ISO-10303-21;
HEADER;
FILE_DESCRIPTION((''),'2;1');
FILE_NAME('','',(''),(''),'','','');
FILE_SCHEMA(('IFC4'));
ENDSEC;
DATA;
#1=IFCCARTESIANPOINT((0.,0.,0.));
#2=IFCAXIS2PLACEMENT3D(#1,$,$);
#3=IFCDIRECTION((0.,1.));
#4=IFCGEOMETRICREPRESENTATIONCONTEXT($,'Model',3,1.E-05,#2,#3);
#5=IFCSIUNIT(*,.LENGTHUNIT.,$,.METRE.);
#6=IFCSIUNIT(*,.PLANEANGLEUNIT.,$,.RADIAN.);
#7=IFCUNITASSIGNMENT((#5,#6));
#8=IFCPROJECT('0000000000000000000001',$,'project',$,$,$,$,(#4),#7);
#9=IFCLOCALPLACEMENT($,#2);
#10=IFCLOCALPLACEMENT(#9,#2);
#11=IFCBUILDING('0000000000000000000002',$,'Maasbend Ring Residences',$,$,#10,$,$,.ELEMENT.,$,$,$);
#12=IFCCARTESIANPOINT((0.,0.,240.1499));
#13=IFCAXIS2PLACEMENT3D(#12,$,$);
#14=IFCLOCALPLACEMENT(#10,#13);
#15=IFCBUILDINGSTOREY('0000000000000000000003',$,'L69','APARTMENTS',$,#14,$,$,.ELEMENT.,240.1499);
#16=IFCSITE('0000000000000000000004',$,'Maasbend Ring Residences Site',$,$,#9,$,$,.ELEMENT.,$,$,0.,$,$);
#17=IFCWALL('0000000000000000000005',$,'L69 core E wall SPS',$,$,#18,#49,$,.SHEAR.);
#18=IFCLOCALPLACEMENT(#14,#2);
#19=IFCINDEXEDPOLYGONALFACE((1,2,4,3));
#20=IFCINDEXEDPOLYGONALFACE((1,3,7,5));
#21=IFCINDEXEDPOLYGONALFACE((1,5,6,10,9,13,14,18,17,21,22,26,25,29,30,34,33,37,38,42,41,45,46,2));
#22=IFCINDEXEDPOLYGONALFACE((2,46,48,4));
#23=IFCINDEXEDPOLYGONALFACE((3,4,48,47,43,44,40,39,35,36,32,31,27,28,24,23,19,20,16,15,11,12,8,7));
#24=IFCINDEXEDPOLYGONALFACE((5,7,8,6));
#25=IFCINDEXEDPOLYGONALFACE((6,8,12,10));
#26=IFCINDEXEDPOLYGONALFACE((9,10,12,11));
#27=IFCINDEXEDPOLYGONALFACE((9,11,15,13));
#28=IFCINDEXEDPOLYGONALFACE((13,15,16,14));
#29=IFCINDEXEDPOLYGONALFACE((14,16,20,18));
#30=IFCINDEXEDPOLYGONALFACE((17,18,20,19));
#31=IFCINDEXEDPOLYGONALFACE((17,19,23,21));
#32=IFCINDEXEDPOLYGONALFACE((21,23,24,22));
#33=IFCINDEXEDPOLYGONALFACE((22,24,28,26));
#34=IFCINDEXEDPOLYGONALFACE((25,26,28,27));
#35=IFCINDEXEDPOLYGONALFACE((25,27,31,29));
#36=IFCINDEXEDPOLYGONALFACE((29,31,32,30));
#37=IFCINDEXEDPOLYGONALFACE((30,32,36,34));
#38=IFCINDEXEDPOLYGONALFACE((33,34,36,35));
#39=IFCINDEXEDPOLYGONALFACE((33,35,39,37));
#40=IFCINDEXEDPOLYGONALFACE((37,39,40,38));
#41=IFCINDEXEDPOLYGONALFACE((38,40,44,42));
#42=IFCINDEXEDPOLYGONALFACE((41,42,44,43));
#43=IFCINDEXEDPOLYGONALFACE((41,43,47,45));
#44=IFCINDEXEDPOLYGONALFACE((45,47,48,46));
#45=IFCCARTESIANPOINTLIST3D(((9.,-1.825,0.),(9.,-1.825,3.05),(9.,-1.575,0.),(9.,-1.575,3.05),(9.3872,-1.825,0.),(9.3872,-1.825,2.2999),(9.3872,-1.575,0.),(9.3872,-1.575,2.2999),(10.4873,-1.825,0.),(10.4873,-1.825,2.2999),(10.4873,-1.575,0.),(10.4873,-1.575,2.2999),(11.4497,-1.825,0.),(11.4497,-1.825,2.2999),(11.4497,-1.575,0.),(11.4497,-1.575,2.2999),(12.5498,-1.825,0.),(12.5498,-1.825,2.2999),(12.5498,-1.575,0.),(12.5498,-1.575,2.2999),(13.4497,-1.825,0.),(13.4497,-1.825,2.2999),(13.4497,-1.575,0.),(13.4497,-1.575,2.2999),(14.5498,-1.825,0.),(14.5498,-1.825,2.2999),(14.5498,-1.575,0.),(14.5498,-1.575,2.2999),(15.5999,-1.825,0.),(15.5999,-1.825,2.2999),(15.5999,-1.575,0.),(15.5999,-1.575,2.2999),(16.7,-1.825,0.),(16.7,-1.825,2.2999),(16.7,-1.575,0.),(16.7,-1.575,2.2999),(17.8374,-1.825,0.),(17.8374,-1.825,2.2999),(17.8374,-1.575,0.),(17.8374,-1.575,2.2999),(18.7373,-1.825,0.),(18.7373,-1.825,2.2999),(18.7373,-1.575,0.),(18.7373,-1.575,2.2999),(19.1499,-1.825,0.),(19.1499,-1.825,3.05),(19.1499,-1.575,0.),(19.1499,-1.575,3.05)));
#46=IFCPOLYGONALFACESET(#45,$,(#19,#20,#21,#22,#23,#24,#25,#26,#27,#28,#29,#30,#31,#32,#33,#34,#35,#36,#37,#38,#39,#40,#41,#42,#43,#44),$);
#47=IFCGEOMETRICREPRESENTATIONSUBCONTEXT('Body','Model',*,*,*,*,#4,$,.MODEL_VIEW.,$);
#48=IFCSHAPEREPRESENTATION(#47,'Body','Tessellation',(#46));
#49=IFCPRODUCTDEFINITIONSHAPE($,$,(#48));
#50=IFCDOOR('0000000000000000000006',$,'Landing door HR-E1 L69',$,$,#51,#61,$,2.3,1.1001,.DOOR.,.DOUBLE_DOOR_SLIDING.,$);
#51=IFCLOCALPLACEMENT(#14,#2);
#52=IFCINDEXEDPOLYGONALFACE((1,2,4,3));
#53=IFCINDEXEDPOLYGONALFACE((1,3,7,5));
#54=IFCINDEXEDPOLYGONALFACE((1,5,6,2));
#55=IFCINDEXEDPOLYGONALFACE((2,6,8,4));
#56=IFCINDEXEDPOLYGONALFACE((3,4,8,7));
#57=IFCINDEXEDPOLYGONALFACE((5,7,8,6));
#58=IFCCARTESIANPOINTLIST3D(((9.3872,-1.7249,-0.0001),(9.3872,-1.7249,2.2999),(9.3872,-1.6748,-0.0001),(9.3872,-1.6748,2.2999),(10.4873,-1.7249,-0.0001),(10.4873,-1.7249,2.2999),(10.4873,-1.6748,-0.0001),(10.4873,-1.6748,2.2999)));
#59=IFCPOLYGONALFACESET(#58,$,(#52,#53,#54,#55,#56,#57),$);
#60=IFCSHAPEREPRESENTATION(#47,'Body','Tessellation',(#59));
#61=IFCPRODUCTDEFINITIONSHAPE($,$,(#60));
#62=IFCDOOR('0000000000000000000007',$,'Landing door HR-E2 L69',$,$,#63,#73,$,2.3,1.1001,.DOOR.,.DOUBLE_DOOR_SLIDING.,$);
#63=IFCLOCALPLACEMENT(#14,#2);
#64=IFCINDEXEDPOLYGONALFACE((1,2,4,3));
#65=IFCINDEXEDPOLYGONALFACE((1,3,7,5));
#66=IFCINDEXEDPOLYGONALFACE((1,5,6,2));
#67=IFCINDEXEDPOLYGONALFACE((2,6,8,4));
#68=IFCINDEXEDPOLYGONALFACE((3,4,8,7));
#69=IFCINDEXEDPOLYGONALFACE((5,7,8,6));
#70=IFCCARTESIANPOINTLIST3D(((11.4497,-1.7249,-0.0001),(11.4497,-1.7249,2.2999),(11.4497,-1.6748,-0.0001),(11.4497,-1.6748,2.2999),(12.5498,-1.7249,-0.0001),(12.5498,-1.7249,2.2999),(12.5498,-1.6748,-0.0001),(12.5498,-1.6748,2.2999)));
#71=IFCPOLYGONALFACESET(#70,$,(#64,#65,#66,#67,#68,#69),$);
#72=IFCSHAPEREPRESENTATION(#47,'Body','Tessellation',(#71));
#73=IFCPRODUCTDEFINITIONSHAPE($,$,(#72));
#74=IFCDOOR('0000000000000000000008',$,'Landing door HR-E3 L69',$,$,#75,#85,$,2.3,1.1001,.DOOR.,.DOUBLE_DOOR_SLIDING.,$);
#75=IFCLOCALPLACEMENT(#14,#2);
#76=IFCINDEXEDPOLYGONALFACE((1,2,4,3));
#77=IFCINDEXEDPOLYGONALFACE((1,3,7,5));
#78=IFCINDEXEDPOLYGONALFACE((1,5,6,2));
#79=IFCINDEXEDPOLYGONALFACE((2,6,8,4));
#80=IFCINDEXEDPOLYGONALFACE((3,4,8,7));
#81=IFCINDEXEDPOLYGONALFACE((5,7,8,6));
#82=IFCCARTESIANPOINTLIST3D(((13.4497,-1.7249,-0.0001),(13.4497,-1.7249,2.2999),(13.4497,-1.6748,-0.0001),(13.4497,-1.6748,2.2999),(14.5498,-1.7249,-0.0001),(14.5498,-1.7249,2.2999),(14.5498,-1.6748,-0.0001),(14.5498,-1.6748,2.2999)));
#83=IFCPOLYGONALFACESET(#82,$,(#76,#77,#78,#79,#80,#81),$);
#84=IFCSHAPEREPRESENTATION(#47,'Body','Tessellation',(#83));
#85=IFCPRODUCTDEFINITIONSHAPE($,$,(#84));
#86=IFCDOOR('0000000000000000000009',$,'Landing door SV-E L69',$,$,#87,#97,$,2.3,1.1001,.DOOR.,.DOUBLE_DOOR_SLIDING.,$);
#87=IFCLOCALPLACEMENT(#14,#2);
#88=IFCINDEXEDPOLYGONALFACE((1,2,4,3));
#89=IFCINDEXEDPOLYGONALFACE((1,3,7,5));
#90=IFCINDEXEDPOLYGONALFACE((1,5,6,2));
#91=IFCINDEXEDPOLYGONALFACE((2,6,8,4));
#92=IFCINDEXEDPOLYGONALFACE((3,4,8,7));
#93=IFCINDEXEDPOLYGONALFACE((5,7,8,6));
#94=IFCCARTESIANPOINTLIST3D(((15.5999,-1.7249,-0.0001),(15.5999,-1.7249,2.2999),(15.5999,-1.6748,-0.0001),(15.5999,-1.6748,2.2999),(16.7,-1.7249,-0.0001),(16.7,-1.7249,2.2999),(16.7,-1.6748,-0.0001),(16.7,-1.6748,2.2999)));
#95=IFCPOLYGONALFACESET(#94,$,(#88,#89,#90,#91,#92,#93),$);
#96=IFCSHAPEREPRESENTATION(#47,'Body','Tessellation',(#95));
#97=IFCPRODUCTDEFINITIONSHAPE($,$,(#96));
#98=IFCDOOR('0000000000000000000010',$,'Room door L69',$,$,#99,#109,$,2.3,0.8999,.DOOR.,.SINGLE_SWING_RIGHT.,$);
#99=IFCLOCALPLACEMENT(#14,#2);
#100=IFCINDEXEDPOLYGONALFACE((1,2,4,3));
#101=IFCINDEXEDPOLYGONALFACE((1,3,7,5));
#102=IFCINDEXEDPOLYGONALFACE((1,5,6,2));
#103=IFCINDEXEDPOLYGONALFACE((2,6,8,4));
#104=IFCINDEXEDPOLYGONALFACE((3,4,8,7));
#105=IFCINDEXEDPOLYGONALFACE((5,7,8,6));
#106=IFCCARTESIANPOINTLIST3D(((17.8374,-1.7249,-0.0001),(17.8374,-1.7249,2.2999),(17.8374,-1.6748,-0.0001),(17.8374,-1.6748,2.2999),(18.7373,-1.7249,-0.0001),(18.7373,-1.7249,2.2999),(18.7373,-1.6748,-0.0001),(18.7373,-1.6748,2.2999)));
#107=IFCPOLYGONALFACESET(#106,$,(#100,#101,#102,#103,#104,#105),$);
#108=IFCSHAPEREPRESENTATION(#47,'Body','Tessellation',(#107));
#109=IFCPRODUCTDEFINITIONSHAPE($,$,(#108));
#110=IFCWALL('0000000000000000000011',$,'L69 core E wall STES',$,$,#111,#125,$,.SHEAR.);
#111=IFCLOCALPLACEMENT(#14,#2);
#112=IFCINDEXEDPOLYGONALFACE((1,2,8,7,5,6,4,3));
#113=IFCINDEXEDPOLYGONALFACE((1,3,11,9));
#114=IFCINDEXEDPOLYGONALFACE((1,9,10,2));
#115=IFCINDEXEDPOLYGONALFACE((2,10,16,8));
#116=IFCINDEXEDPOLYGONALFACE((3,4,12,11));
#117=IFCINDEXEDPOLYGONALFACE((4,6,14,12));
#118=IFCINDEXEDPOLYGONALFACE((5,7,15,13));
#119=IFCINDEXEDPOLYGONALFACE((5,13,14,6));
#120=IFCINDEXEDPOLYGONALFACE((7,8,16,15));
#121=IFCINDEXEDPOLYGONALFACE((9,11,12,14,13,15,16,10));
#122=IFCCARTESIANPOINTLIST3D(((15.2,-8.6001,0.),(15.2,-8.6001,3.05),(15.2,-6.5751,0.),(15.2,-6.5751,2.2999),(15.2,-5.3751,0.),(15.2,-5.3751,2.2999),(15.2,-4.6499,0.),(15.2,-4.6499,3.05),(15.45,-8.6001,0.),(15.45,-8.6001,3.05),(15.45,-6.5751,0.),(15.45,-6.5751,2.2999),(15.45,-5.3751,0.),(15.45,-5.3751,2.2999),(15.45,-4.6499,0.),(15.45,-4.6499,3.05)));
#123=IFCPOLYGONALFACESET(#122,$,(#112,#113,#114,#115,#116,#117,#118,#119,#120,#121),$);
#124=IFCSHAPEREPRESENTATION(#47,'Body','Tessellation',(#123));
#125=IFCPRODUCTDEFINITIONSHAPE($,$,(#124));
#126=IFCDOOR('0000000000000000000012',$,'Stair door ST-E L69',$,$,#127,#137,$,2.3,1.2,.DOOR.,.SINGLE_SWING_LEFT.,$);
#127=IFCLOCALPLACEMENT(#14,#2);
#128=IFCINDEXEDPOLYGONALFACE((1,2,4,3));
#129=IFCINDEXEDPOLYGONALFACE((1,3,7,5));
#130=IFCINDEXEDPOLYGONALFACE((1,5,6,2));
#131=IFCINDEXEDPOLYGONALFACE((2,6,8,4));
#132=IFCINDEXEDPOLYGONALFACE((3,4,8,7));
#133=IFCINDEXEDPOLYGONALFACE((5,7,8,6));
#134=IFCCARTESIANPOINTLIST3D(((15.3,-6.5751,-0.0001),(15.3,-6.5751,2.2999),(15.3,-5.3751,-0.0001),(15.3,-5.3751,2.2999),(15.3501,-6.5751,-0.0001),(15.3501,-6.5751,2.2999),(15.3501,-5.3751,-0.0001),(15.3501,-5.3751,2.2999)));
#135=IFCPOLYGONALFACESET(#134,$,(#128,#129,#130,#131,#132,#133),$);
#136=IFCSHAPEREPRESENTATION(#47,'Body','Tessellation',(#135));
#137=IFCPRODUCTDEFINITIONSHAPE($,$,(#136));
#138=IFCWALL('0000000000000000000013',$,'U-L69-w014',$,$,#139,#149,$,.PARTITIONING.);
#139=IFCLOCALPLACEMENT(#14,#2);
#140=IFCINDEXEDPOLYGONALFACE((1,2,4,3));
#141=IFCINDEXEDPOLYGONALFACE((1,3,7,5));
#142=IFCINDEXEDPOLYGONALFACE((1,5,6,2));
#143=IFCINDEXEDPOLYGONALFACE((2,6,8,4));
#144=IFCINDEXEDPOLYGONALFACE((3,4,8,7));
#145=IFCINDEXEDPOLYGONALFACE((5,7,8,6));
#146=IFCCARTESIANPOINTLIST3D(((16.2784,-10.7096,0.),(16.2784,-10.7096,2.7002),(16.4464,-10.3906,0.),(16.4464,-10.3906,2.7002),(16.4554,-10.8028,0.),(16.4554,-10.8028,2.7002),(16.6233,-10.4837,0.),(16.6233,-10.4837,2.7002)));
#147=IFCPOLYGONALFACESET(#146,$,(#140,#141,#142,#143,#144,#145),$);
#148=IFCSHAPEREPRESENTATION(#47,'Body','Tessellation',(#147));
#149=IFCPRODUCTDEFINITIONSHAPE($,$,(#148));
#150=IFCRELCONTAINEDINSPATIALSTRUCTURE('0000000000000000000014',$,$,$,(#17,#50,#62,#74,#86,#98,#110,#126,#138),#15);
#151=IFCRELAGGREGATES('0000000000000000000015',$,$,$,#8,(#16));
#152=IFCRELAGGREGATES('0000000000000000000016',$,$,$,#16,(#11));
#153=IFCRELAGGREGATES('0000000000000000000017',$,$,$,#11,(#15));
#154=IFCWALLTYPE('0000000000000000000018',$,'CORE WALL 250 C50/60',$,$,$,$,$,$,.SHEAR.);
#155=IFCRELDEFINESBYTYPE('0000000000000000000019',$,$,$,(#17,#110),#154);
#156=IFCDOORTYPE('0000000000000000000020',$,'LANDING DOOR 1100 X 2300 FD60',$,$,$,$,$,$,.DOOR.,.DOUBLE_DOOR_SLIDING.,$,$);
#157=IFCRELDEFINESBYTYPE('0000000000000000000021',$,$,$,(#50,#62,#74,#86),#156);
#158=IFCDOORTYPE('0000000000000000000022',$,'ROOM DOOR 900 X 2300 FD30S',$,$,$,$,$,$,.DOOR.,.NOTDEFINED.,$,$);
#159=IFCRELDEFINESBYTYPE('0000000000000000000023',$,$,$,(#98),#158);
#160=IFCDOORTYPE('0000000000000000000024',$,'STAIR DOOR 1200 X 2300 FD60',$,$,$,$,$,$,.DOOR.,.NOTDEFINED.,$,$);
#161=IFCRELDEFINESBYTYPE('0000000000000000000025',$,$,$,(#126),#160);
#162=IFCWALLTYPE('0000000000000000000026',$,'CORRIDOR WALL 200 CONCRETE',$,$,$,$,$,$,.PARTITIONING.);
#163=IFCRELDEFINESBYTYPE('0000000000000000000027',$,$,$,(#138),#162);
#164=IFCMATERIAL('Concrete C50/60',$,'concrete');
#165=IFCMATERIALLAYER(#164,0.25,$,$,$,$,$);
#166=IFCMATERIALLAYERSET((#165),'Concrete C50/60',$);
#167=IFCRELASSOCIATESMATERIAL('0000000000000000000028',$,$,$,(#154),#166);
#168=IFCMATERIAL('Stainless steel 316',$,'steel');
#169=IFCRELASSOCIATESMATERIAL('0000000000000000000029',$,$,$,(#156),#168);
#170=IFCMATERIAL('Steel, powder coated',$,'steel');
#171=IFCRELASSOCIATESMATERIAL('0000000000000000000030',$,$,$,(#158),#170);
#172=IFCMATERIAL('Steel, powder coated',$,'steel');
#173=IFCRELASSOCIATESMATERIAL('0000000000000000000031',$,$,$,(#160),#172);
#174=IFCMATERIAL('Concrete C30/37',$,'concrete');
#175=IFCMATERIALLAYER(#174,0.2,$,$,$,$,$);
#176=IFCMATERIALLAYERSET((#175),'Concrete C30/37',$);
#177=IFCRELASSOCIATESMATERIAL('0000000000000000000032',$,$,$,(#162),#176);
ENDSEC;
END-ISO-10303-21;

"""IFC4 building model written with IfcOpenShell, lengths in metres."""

from ifc_helpers import new_model, si_unit, direction, frame, frame_2d, origin, place, context, subcontext, project, spatial, rectangle, extrude, material, layer, layer_set, type_object, element, fill, save


model = new_model("IFC4")

# Units and contexts
model_context = context("Model", 3, precision=1e-05, world=origin(), true_north=direction((0.0, 1.0)))
body_context = subcontext(model_context, "Body", "Model", "MODEL_VIEW")
ifc_project = project(units=[si_unit("LENGTHUNIT", "METRE"), si_unit("PLANEANGLEUNIT", "RADIAN")], contexts=[model_context])

# Site, building, storey
site_placement = place(None, origin())
site = spatial("IfcSite", under=ifc_project, at=site_placement, Name="Maasbend Ring Residences Site", CompositionType="ELEMENT", RefElevation=0.0)
building_placement = place(site_placement, origin())
building = spatial("IfcBuilding", under=site, at=building_placement, Name="Maasbend Ring Residences", CompositionType="ELEMENT")
storey_placement = place(building_placement, frame((0.0, 0.0, 240.1499)))
storey = spatial("IfcBuildingStorey", under=building, at=storey_placement, Name="L69", Description="APARTMENTS", CompositionType="ELEMENT", Elevation=240.1499)

# Wall, openings, doors
ifc_material_1 = material(Name="Concrete C50/60", Category="concrete")
ifc_layer_1 = layer(ifc_material_1, 0.25)
ifc_layer_set_1 = layer_set([ifc_layer_1], Name="Concrete C50/60")
wall_type_1 = type_object("IfcWallType", Name="CORE WALL 250 C50/60", PredefinedType="SHEAR", material=ifc_layer_set_1)
wall_1_placement = place(storey_placement, frame((19.1499, -1.7, 0.0), z_axis=(0.0, 0.0, 1.0), x_axis=(-1.0, 0.0, 0.0)))
wall_1 = element("IfcWall", 1, at=wall_1_placement, inside=storey, type_object=wall_type_1, Name="L69 core E wall SPS", PredefinedType="SHEAR", context=body_context, shape_type="SweptSolid", body=[
    extrude(rectangle(XDim=10.1499, YDim=0.25, at=frame_2d((5.075, 0.0))), origin(), (0.0, 0.0, 1.0), 3.05),
])
opening_1_placement = place(wall_1_placement, frame((8.6626, 0.0, 0.0)))
opening_1 = element("IfcOpeningElement", 2, at=opening_1_placement, cuts=wall_1, PredefinedType="OPENING", context=body_context, shape_type="SweptSolid", body=[
    extrude(rectangle(XDim=1.1001, YDim=2.3, at=frame_2d((0.55, 1.1499))), frame((0.0, 0.135, 0.0), z_axis=(0.0, -1.0, 0.0), x_axis=(1.0, 0.0, 0.0)), (0.0, 0.0, 1.0), 0.27),
])
opening_2_placement = place(wall_1_placement, frame((6.6001, 0.0, 0.0)))
opening_2 = element("IfcOpeningElement", 3, at=opening_2_placement, cuts=wall_1, PredefinedType="OPENING", context=body_context, shape_type="SweptSolid", body=[
    extrude(rectangle(XDim=1.1001, YDim=2.3, at=frame_2d((0.55, 1.1499))), frame((0.0, 0.135, 0.0), z_axis=(0.0, -1.0, 0.0), x_axis=(1.0, 0.0, 0.0)), (0.0, 0.0, 1.0), 0.27),
])
opening_3_placement = place(wall_1_placement, frame((4.6001, 0.0, 0.0)))
opening_3 = element("IfcOpeningElement", 4, at=opening_3_placement, cuts=wall_1, PredefinedType="OPENING", context=body_context, shape_type="SweptSolid", body=[
    extrude(rectangle(XDim=1.1001, YDim=2.3, at=frame_2d((0.55, 1.1499))), frame((0.0, 0.135, 0.0), z_axis=(0.0, -1.0, 0.0), x_axis=(1.0, 0.0, 0.0)), (0.0, 0.0, 1.0), 0.27),
])
opening_4_placement = place(wall_1_placement, frame((2.45, 0.0, 0.0)))
opening_4 = element("IfcOpeningElement", 5, at=opening_4_placement, cuts=wall_1, PredefinedType="OPENING", context=body_context, shape_type="SweptSolid", body=[
    extrude(rectangle(XDim=1.1001, YDim=2.3, at=frame_2d((0.55, 1.1499))), frame((0.0, 0.135, 0.0), z_axis=(0.0, -1.0, 0.0), x_axis=(1.0, 0.0, 0.0)), (0.0, 0.0, 1.0), 0.27),
])
opening_5_placement = place(wall_1_placement, frame((0.4126, 0.0, 0.0)))
opening_5 = element("IfcOpeningElement", 6, at=opening_5_placement, cuts=wall_1, PredefinedType="OPENING", context=body_context, shape_type="SweptSolid", body=[
    extrude(rectangle(XDim=0.8999, YDim=2.3, at=frame_2d((0.45, 1.1499))), frame((0.0, 0.135, 0.0), z_axis=(0.0, -1.0, 0.0), x_axis=(1.0, 0.0, 0.0)), (0.0, 0.0, 1.0), 0.27),
])
ifc_material_2 = material(Name="Stainless steel 316", Category="steel")
door_type_1 = type_object("IfcDoorType", Name="LANDING DOOR 1100 X 2300 FD60", OperationType="DOUBLE_DOOR_SLIDING", PredefinedType="DOOR", material=ifc_material_2)
door_1_placement = place(opening_1_placement, origin())
door_1 = element("IfcDoor", 7, at=door_1_placement, inside=storey, type_object=door_type_1, Name="Landing door HR-E1 L69", OperationType="DOUBLE_DOOR_SLIDING", OverallHeight=2.3, OverallWidth=1.1001, PredefinedType="DOOR", context=body_context, shape_type="SweptSolid", body=[
    extrude(rectangle(XDim=1.1001, YDim=2.3, at=frame_2d((0.55, 1.1499))), frame((0.0, 0.0249, 0.0), z_axis=(0.0, -1.0, 0.0), x_axis=(1.0, 0.0, 0.0)), (0.0, 0.0, 1.0), 0.05),
])
fill(opening_1, door_1)
door_2_placement = place(opening_2_placement, origin())
door_2 = element("IfcDoor", 8, at=door_2_placement, inside=storey, type_object=door_type_1, Name="Landing door HR-E2 L69", OperationType="DOUBLE_DOOR_SLIDING", OverallHeight=2.3, OverallWidth=1.1001, PredefinedType="DOOR", context=body_context, shape_type="SweptSolid", body=[
    extrude(rectangle(XDim=1.1001, YDim=2.3, at=frame_2d((0.55, 1.1499))), frame((0.0, 0.0249, 0.0), z_axis=(0.0, -1.0, 0.0), x_axis=(1.0, 0.0, 0.0)), (0.0, 0.0, 1.0), 0.05),
])
fill(opening_2, door_2)
door_3_placement = place(opening_3_placement, origin())
door_3 = element("IfcDoor", 9, at=door_3_placement, inside=storey, type_object=door_type_1, Name="Landing door HR-E3 L69", OperationType="DOUBLE_DOOR_SLIDING", OverallHeight=2.3, OverallWidth=1.1001, PredefinedType="DOOR", context=body_context, shape_type="SweptSolid", body=[
    extrude(rectangle(XDim=1.1001, YDim=2.3, at=frame_2d((0.55, 1.1499))), frame((0.0, 0.0249, 0.0), z_axis=(0.0, -1.0, 0.0), x_axis=(1.0, 0.0, 0.0)), (0.0, 0.0, 1.0), 0.05),
])
fill(opening_3, door_3)
door_4_placement = place(opening_4_placement, origin())
door_4 = element("IfcDoor", 10, at=door_4_placement, inside=storey, type_object=door_type_1, Name="Landing door SV-E L69", OperationType="DOUBLE_DOOR_SLIDING", OverallHeight=2.3, OverallWidth=1.1001, PredefinedType="DOOR", context=body_context, shape_type="SweptSolid", body=[
    extrude(rectangle(XDim=1.1001, YDim=2.3, at=frame_2d((0.55, 1.1499))), frame((0.0, 0.0249, 0.0), z_axis=(0.0, -1.0, 0.0), x_axis=(1.0, 0.0, 0.0)), (0.0, 0.0, 1.0), 0.05),
])
fill(opening_4, door_4)
ifc_material_3 = material(Name="Steel, powder coated", Category="steel")
door_type_2 = type_object("IfcDoorType", Name="ROOM DOOR 900 X 2300 FD30S", OperationType="NOTDEFINED", PredefinedType="DOOR", material=ifc_material_3)
door_5_placement = place(opening_5_placement, origin())
door_5 = element("IfcDoor", 11, at=door_5_placement, inside=storey, type_object=door_type_2, Name="Room door L69", OperationType="SINGLE_SWING_RIGHT", OverallHeight=2.3, OverallWidth=0.8999, PredefinedType="DOOR", context=body_context, shape_type="SweptSolid", body=[
    extrude(rectangle(XDim=0.8999, YDim=2.3, at=frame_2d((0.45, 1.1499))), frame((0.0, 0.0249, 0.0), z_axis=(0.0, -1.0, 0.0), x_axis=(1.0, 0.0, 0.0)), (0.0, 0.0, 1.0), 0.05),
])
fill(opening_5, door_5)

# Wall, opening, door
wall_2_placement = place(storey_placement, frame((15.325, -8.6001, 0.0), z_axis=(0.0, 0.0, 1.0), x_axis=(0.0, 1.0, 0.0)))
wall_2 = element("IfcWall", 12, at=wall_2_placement, inside=storey, type_object=wall_type_1, Name="L69 core E wall STES", PredefinedType="SHEAR", context=body_context, shape_type="SweptSolid", body=[
    extrude(rectangle(XDim=3.9502, YDim=0.25, at=frame_2d((1.9751, 0.0))), origin(), (0.0, 0.0, 1.0), 3.05),
])
opening_6_placement = place(wall_2_placement, frame((2.0249, 0.0, 0.0)))
opening_6 = element("IfcOpeningElement", 13, at=opening_6_placement, cuts=wall_2, PredefinedType="OPENING", context=body_context, shape_type="SweptSolid", body=[
    extrude(rectangle(XDim=1.2, YDim=2.3, at=frame_2d((0.6001, 1.1499))), frame((0.0, 0.135, 0.0), z_axis=(0.0, -1.0, 0.0), x_axis=(1.0, 0.0, 0.0)), (0.0, 0.0, 1.0), 0.27),
])
ifc_material_4 = material(Name="Steel, powder coated", Category="steel")
door_type_3 = type_object("IfcDoorType", Name="STAIR DOOR 1200 X 2300 FD60", OperationType="NOTDEFINED", PredefinedType="DOOR", material=ifc_material_4)
door_6_placement = place(opening_6_placement, origin())
door_6 = element("IfcDoor", 14, at=door_6_placement, inside=storey, type_object=door_type_3, Name="Stair door ST-E L69", OperationType="SINGLE_SWING_LEFT", OverallHeight=2.3, OverallWidth=1.2, PredefinedType="DOOR", context=body_context, shape_type="SweptSolid", body=[
    extrude(rectangle(XDim=1.2, YDim=2.3, at=frame_2d((0.6001, 1.1499))), frame((0.0, 0.0249, 0.0), z_axis=(0.0, -1.0, 0.0), x_axis=(1.0, 0.0, 0.0)), (0.0, 0.0, 1.0), 0.05),
])
fill(opening_6, door_6)

# Wall
ifc_material_5 = material(Name="Concrete C30/37", Category="concrete")
ifc_layer_2 = layer(ifc_material_5, 0.2)
ifc_layer_set_2 = layer_set([ifc_layer_2], Name="Concrete C30/37")
wall_type_2 = type_object("IfcWallType", Name="CORRIDOR WALL 200 CONCRETE", PredefinedType="PARTITIONING", material=ifc_layer_set_2)
wall_3_placement = place(storey_placement, frame((16.3669, -10.7561, 0.0), z_axis=(0.0, 0.0, 1.0), x_axis=(0.465802, 0.884889, 0.0)))
element("IfcWall", 15, at=wall_3_placement, inside=storey, type_object=wall_type_2, Name="U-L69-w014", PredefinedType="PARTITIONING", context=body_context, shape_type="SweptSolid", body=[
    extrude(rectangle(XDim=0.3606, YDim=0.2, at=frame_2d((0.1802, 0.0))), origin(), (0.0, 0.0, 1.0), 2.7002),
])

save(model, "model.ifc")
